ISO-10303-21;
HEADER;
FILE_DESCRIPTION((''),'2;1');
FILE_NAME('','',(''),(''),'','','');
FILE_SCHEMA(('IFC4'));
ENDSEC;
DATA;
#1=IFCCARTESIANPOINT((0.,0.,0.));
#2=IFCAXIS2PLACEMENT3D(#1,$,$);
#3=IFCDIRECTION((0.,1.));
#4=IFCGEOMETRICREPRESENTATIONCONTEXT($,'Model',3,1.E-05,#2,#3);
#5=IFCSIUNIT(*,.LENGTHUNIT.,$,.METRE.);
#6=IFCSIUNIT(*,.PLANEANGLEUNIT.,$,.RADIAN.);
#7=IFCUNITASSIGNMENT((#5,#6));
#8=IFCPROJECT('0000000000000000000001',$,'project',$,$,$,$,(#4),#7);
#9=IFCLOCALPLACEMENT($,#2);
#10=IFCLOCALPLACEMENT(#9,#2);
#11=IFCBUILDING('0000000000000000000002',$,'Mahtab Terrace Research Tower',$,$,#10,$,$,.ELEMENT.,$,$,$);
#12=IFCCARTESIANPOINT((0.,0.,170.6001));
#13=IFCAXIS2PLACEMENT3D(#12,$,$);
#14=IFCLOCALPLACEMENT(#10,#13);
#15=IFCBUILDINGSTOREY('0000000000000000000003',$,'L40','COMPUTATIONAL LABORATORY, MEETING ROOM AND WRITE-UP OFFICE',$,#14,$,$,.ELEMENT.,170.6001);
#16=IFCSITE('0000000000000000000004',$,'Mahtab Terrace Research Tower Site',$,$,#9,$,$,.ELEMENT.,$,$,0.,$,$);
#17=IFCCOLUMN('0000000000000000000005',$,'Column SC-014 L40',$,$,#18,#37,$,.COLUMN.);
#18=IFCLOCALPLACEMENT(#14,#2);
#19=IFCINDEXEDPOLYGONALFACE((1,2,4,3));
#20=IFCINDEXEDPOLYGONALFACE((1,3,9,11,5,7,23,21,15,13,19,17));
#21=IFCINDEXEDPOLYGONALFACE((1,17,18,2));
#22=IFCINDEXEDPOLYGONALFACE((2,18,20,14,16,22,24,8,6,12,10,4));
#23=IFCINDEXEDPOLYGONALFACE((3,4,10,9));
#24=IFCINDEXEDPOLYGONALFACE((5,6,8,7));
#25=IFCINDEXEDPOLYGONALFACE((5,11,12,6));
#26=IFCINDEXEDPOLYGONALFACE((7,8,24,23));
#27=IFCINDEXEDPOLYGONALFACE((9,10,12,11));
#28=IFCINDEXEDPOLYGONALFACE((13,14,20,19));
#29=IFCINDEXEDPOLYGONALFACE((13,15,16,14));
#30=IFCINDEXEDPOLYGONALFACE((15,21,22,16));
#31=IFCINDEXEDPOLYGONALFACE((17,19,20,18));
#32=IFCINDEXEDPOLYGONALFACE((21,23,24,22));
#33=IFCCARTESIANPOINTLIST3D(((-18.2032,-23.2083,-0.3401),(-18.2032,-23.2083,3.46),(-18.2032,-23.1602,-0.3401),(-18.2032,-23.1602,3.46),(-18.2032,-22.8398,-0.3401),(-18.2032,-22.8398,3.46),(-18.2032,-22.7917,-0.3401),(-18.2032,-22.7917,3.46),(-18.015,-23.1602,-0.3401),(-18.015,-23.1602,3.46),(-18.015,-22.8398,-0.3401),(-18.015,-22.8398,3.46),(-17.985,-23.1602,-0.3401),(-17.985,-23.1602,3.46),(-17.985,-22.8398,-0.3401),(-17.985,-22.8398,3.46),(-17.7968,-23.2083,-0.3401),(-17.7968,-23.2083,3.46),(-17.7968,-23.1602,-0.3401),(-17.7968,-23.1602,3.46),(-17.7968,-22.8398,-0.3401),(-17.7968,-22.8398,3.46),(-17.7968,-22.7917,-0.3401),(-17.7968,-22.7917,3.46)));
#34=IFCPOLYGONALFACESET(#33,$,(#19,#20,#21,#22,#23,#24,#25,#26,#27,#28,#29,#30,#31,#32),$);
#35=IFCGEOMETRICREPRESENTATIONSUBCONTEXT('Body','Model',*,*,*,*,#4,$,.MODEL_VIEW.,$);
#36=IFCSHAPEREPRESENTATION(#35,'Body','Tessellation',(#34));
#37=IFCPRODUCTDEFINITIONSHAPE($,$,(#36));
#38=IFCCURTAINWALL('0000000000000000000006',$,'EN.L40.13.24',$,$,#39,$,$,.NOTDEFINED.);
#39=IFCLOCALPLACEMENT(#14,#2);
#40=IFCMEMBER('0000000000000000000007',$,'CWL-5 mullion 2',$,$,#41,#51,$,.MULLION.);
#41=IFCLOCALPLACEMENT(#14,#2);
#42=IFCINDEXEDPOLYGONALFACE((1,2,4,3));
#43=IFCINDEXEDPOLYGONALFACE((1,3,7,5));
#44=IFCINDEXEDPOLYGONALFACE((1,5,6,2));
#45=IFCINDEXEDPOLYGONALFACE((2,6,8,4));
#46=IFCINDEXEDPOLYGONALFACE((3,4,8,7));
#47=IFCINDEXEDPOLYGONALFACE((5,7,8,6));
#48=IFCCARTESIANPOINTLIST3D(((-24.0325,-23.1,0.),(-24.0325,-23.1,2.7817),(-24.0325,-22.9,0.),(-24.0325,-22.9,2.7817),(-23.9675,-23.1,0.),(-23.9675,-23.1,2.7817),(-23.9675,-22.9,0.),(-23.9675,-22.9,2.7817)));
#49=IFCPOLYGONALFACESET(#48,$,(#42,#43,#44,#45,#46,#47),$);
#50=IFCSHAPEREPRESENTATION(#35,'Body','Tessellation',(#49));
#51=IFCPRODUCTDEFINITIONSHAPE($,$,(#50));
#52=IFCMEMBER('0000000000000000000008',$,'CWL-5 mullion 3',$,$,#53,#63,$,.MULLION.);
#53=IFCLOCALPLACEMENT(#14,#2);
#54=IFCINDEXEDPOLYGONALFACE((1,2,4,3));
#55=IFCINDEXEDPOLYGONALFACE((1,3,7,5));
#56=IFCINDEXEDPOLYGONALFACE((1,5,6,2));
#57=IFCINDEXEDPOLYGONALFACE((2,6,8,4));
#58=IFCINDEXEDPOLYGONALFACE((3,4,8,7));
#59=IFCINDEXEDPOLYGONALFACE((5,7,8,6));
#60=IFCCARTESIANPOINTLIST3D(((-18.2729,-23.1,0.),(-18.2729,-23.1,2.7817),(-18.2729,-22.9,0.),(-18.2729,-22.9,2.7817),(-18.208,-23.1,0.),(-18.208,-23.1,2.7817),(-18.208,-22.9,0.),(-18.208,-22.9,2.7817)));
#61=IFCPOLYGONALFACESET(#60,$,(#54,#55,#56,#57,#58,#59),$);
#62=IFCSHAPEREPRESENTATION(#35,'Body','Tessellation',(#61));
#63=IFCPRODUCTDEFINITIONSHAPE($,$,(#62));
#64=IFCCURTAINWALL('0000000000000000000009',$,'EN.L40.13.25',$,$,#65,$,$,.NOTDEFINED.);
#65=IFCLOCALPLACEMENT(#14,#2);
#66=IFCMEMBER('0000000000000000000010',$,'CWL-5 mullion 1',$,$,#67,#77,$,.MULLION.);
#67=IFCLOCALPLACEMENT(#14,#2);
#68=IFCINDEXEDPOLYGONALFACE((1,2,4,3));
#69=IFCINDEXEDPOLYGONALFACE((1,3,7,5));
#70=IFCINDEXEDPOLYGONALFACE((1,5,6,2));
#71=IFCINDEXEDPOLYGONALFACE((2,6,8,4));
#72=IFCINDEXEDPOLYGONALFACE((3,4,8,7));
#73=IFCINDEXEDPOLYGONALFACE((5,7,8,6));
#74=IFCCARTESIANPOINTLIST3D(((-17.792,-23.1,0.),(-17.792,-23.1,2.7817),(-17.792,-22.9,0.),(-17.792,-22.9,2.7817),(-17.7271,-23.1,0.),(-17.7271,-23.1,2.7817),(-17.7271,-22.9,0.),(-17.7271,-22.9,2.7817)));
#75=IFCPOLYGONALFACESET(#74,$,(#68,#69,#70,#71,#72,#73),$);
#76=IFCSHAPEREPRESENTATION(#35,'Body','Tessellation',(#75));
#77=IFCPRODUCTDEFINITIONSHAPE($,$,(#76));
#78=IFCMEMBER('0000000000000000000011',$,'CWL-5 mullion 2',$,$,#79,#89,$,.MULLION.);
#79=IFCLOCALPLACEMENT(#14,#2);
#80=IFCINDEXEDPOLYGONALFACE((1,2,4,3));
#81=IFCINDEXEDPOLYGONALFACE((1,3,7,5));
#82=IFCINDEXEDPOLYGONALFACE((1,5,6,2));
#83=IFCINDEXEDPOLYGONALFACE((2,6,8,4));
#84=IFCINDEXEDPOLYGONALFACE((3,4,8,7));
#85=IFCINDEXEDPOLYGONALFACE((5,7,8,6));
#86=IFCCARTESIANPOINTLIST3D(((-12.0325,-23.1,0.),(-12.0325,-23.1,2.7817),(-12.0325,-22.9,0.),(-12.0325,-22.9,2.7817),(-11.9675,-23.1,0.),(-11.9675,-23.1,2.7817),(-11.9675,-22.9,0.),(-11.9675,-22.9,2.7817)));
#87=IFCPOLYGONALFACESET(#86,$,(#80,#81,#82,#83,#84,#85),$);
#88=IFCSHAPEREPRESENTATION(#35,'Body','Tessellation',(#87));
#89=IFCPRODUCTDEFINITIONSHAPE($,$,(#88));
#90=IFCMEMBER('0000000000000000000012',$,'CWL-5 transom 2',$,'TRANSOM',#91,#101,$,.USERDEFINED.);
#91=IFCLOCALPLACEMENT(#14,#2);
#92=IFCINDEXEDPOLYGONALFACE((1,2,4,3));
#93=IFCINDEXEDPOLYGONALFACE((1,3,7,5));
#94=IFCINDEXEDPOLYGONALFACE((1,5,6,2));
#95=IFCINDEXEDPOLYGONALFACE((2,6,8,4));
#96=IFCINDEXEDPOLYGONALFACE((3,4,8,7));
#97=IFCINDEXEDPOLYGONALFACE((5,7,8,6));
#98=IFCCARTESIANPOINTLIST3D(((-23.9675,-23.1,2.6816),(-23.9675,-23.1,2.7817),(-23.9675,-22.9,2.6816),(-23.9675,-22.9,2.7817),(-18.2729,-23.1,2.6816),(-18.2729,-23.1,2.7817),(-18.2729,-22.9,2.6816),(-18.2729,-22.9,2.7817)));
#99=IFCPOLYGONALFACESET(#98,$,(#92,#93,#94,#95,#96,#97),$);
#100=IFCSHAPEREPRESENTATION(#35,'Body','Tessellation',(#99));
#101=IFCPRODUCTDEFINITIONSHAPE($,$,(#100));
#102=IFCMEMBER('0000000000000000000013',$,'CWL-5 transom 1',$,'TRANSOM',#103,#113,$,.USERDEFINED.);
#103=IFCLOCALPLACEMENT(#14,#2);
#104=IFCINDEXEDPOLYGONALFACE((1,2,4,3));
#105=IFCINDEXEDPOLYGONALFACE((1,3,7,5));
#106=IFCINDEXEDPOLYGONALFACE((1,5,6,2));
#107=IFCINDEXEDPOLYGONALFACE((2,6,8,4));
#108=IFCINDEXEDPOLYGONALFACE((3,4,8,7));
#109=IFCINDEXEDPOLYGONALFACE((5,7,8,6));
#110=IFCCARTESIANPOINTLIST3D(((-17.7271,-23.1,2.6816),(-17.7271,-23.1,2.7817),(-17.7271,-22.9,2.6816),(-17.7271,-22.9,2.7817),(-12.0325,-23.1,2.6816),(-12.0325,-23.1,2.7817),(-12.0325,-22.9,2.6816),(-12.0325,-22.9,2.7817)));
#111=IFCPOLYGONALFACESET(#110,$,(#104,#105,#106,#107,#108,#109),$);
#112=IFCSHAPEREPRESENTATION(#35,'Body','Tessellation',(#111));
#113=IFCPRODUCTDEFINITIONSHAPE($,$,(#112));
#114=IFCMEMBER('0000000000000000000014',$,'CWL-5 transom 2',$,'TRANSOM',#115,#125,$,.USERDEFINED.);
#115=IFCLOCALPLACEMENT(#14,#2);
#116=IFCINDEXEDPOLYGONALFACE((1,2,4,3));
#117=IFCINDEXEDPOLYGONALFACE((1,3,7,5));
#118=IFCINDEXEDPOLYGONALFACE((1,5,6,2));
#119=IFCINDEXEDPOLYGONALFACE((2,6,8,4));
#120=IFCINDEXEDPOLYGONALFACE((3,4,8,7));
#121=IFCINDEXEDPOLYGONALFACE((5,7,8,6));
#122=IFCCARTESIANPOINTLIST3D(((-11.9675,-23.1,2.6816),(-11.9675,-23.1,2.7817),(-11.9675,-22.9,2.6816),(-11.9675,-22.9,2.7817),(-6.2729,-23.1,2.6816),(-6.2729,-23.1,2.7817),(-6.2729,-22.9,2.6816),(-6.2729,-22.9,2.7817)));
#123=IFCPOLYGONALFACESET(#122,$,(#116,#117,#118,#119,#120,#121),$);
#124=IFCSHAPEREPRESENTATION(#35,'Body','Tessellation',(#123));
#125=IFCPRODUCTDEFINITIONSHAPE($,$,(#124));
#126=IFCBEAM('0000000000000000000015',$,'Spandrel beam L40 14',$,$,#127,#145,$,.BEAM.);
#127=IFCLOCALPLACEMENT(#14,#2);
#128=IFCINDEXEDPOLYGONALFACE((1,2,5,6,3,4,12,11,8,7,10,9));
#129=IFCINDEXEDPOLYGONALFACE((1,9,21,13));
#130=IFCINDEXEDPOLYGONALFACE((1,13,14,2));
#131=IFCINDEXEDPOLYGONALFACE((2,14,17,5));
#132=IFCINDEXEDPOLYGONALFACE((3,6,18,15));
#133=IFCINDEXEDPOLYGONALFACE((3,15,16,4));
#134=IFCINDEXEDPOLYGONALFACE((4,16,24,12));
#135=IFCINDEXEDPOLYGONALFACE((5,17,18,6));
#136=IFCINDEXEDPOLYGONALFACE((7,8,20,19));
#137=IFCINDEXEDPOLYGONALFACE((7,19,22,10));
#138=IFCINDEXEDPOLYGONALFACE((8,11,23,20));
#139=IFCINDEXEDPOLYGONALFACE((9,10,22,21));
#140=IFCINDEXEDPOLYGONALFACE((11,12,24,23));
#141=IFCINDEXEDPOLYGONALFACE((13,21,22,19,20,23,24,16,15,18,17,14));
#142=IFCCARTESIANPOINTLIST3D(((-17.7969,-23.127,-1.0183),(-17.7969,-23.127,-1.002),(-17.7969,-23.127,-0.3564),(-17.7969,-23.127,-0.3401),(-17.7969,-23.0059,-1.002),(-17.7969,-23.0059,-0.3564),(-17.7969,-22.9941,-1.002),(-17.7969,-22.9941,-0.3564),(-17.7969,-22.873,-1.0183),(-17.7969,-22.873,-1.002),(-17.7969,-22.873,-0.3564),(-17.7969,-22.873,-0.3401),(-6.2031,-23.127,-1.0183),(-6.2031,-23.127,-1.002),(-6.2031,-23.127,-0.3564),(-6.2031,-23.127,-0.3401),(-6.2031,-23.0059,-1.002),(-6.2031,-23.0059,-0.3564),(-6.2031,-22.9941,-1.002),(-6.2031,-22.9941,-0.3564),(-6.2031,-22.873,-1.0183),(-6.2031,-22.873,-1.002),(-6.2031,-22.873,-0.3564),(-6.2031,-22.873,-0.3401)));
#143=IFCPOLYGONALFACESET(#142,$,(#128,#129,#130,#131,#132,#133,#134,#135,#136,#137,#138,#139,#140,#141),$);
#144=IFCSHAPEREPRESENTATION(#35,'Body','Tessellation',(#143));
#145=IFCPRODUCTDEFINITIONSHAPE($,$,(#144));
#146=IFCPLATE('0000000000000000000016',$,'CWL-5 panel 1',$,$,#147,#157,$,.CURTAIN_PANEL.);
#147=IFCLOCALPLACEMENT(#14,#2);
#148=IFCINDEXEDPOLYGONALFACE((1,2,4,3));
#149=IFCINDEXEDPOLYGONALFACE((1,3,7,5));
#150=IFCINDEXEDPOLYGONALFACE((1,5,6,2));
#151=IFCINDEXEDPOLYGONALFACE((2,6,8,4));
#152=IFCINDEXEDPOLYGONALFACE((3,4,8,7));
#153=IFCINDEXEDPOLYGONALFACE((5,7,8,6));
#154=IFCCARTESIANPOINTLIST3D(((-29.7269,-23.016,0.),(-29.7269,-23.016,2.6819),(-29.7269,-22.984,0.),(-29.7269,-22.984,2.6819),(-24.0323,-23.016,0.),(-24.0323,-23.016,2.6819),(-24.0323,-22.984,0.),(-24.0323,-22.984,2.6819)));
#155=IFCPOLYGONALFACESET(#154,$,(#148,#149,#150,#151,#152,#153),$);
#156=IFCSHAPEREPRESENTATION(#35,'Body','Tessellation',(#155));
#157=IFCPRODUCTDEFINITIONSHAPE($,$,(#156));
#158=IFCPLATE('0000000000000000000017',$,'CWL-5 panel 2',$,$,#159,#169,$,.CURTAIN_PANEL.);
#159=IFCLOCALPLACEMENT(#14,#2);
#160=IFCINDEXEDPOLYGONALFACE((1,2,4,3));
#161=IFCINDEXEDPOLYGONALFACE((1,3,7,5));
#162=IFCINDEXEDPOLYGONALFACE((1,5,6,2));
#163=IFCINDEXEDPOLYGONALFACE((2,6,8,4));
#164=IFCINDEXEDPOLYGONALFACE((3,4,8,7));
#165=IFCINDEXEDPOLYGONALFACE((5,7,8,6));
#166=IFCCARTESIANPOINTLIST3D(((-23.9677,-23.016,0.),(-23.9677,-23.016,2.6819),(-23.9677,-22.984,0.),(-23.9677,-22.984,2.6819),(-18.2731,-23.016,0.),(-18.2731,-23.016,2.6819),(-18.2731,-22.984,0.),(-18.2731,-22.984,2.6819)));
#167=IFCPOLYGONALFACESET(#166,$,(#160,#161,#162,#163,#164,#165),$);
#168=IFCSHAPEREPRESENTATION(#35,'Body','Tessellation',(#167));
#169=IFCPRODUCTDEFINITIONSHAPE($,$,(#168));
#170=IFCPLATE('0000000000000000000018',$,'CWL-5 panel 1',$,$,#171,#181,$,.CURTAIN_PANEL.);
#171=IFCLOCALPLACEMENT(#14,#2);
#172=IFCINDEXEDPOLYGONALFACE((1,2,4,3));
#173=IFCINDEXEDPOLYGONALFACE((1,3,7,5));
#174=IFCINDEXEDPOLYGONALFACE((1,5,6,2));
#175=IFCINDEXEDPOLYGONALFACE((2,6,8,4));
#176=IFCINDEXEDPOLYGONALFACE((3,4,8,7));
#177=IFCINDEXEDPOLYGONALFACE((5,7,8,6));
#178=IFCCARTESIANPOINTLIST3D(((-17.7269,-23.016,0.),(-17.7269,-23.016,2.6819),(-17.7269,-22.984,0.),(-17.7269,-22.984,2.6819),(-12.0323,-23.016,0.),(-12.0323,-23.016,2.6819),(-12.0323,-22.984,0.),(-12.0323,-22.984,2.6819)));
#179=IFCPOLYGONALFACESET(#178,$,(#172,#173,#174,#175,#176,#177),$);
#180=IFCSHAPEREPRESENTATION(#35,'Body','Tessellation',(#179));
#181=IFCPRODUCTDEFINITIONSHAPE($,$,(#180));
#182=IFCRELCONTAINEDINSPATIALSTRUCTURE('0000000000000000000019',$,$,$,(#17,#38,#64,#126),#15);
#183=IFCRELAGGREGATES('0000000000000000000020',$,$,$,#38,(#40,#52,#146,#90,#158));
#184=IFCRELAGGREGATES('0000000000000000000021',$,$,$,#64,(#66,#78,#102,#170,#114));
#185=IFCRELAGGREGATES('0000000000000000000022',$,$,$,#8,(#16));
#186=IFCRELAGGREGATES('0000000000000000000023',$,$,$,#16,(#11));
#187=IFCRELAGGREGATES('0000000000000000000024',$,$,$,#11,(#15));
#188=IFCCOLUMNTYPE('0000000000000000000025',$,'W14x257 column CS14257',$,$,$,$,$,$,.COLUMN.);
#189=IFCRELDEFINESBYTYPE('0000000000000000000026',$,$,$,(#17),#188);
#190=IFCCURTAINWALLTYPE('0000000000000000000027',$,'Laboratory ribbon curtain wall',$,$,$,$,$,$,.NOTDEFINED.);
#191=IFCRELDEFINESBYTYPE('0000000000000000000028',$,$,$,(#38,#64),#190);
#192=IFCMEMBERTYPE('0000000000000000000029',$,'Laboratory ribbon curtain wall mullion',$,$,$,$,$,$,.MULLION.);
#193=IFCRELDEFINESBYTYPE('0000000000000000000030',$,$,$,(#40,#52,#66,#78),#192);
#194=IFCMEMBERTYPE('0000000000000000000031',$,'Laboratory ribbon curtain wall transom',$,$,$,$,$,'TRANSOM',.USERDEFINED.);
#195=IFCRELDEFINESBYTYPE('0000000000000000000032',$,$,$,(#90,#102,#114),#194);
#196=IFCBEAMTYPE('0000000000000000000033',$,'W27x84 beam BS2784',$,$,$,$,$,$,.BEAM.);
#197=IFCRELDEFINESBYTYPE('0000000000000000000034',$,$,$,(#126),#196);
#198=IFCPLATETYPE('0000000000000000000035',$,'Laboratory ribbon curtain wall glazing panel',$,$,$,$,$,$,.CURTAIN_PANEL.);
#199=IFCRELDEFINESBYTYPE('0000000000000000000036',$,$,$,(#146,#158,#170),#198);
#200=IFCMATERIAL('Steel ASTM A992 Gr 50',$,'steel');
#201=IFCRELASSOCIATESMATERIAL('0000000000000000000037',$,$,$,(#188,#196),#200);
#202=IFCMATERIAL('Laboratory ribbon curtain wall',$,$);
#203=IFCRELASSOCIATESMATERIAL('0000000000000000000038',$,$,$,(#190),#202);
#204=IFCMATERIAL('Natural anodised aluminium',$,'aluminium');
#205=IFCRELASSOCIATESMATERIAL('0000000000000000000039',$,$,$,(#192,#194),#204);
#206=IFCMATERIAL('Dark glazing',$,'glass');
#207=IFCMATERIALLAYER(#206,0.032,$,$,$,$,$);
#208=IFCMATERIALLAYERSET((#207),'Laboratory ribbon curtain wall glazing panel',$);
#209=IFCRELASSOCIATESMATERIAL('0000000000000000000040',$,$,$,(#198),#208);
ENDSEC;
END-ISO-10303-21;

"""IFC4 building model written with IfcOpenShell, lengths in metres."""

from ifc_helpers import new_model, si_unit, direction, frame, origin, origin_2d, place, context, subcontext, project, spatial, rectangle, i_section, extrude, material, layer, layer_set, material_profile, profile_set, type_object, element, aggregate, save


model = new_model("IFC4")

# Units and contexts
model_context = context("Model", 3, precision=1e-05, world=origin(), true_north=direction((0.0, 1.0)))
body_context = subcontext(model_context, "Body", "Model", "MODEL_VIEW")
ifc_project = project(units=[si_unit("LENGTHUNIT", "METRE"), si_unit("PLANEANGLEUNIT", "RADIAN")], contexts=[model_context])

# Site, building, storey
site_placement = place(None, origin())
site = spatial("IfcSite", under=ifc_project, at=site_placement, Name="Mahtab Terrace Research Tower Site", CompositionType="ELEMENT", RefElevation=0.0)
building_placement = place(site_placement, origin())
building = spatial("IfcBuilding", under=site, at=building_placement, Name="Mahtab Terrace Research Tower", CompositionType="ELEMENT")
storey_placement = place(building_placement, frame((0.0, 0.0, 170.6001)))
storey = spatial("IfcBuildingStorey", under=building, at=storey_placement, Name="L40", Description="COMPUTATIONAL LABORATORY, MEETING ROOM AND WRITE-UP OFFICE", CompositionType="ELEMENT", Elevation=170.6001)

# Column
ifc_material_1 = material(Name="Steel ASTM A992 Gr 50", Category="steel")
ifc_material_profile_1 = material_profile(ifc_material_1, i_section(OverallWidth=0.4065, OverallDepth=0.4165, WebThickness=0.03, FlangeThickness=0.0481, at=origin_2d()), Name="W14X257")
ifc_profile_set_1 = profile_set([ifc_material_profile_1], Name="Steel ASTM A992 Gr 50")
column_type = type_object("IfcColumnType", Name="W14x257 column CS14257", PredefinedType="COLUMN", material=ifc_profile_set_1)
column_placement = place(storey_placement, frame((-18.0, -23.0, -0.3401), z_axis=(0.0, 0.0, 1.0), x_axis=(1.0, 0.0, 0.0)))
element("IfcColumn", 1, at=column_placement, inside=storey, type_object=column_type, Name="Column SC-014 L40", PredefinedType="COLUMN", context=body_context, shape_type="SweptSolid", body=[
    extrude(i_section(OverallWidth=0.4065, OverallDepth=0.4165, WebThickness=0.03, FlangeThickness=0.0481, at=origin_2d()), origin(), (0.0, 0.0, 1.0), 3.8),
])

# Curtain walls, members
ifc_material_2 = material(Name="Laboratory ribbon curtain wall")
curtain_wall_type = type_object("IfcCurtainWallType", Name="Laboratory ribbon curtain wall", PredefinedType="NOTDEFINED", material=ifc_material_2)
curtain_wall_1_placement = place(storey_placement, origin())
curtain_wall_1 = element("IfcCurtainWall", 2, at=curtain_wall_1_placement, inside=storey, type_object=curtain_wall_type, Name="EN.L40.13.24", PredefinedType="NOTDEFINED")
ifc_material_3 = material(Name="Natural anodised aluminium", Category="aluminium")
ifc_material_profile_2 = material_profile(ifc_material_3, rectangle(XDim=0.2, YDim=0.0649, at=origin_2d()), Name="MULLION 65x200")
ifc_profile_set_2 = profile_set([ifc_material_profile_2], Name="Natural anodised aluminium")
member_type_1 = type_object("IfcMemberType", Name="Laboratory ribbon curtain wall mullion", PredefinedType="MULLION", material=ifc_profile_set_2)
member_1_placement = place(storey_placement, frame((-24.0, -23.0, 0.0), z_axis=(0.0, 0.0, 1.0), x_axis=(0.0, 1.0, 0.0)))
member_1 = element("IfcMember", 3, at=member_1_placement, type_object=member_type_1, Name="CWL-5 mullion 2", PredefinedType="MULLION", context=body_context, shape_type="SweptSolid", body=[
    extrude(rectangle(XDim=0.2, YDim=0.0649, at=origin_2d()), origin(), (0.0, 0.0, 1.0), 2.7817),
])
member_2_placement = place(storey_placement, frame((-18.2405, -23.0, 0.0), z_axis=(0.0, 0.0, 1.0), x_axis=(0.0, 1.0, 0.0)))
member_2 = element("IfcMember", 4, at=member_2_placement, type_object=member_type_1, Name="CWL-5 mullion 3", PredefinedType="MULLION", context=body_context, shape_type="SweptSolid", body=[
    extrude(rectangle(XDim=0.2, YDim=0.0649, at=origin_2d()), origin(), (0.0, 0.0, 1.0), 2.7817),
])
curtain_wall_2_placement = place(storey_placement, origin())
curtain_wall_2 = element("IfcCurtainWall", 5, at=curtain_wall_2_placement, inside=storey, type_object=curtain_wall_type, Name="EN.L40.13.25", PredefinedType="NOTDEFINED")
member_3_placement = place(storey_placement, frame((-17.7595, -23.0, 0.0), z_axis=(0.0, 0.0, 1.0), x_axis=(0.0, 1.0, 0.0)))
member_3 = element("IfcMember", 6, at=member_3_placement, type_object=member_type_1, Name="CWL-5 mullion 1", PredefinedType="MULLION", context=body_context, shape_type="SweptSolid", body=[
    extrude(rectangle(XDim=0.2, YDim=0.0649, at=origin_2d()), origin(), (0.0, 0.0, 1.0), 2.7817),
])
member_4_placement = place(storey_placement, frame((-12.0, -23.0, 0.0), z_axis=(0.0, 0.0, 1.0), x_axis=(0.0, 1.0, 0.0)))
member_4 = element("IfcMember", 7, at=member_4_placement, type_object=member_type_1, Name="CWL-5 mullion 2", PredefinedType="MULLION", context=body_context, shape_type="SweptSolid", body=[
    extrude(rectangle(XDim=0.2, YDim=0.0649, at=origin_2d()), origin(), (0.0, 0.0, 1.0), 2.7817),
])

# Members
ifc_material_profile_3 = material_profile(ifc_material_3, rectangle(XDim=0.2, YDim=0.1001, at=origin_2d()), Name="TRANSOM 100x200")
ifc_profile_set_3 = profile_set([ifc_material_profile_3], Name="Natural anodised aluminium")
member_type_2 = type_object("IfcMemberType", Name="Laboratory ribbon curtain wall transom", ElementType="TRANSOM", PredefinedType="USERDEFINED", material=ifc_profile_set_3)
member_5_placement = place(storey_placement, frame((-23.9675, -23.0, 2.7317), z_axis=(1.0, 0.0, 0.0), x_axis=(0.0, 1.0, 0.0)))
member_5 = element("IfcMember", 8, at=member_5_placement, type_object=member_type_2, Name="CWL-5 transom 2", ObjectType="TRANSOM", PredefinedType="USERDEFINED", context=body_context, shape_type="SweptSolid", body=[
    extrude(rectangle(XDim=0.2, YDim=0.1001, at=origin_2d()), origin(), (0.0, 0.0, 1.0), 5.6946),
])
member_6_placement = place(storey_placement, frame((-17.7271, -23.0, 2.7317), z_axis=(1.0, 0.0, 0.0), x_axis=(0.0, 1.0, 0.0)))
member_6 = element("IfcMember", 9, at=member_6_placement, type_object=member_type_2, Name="CWL-5 transom 1", ObjectType="TRANSOM", PredefinedType="USERDEFINED", context=body_context, shape_type="SweptSolid", body=[
    extrude(rectangle(XDim=0.2, YDim=0.1001, at=origin_2d()), origin(), (0.0, 0.0, 1.0), 5.6946),
])
member_7_placement = place(storey_placement, frame((-11.9675, -23.0, 2.7317), z_axis=(1.0, 0.0, 0.0), x_axis=(0.0, 1.0, 0.0)))
member_7 = element("IfcMember", 10, at=member_7_placement, type_object=member_type_2, Name="CWL-5 transom 2", ObjectType="TRANSOM", PredefinedType="USERDEFINED", context=body_context, shape_type="SweptSolid", body=[
    extrude(rectangle(XDim=0.2, YDim=0.1001, at=origin_2d()), origin(), (0.0, 0.0, 1.0), 5.6946),
])

# Beam
ifc_material_profile_4 = material_profile(ifc_material_1, i_section(OverallWidth=0.2539, OverallDepth=0.6782, WebThickness=0.0117, FlangeThickness=0.0164, at=origin_2d()), Name="W27X84")
ifc_profile_set_4 = profile_set([ifc_material_profile_4], Name="Steel ASTM A992 Gr 50")
beam_type = type_object("IfcBeamType", Name="W27x84 beam BS2784", PredefinedType="BEAM", material=ifc_profile_set_4)
beam_placement = place(storey_placement, frame((-17.7969, -23.0, -0.6792), z_axis=(1.0, 0.0, 0.0), x_axis=(0.0, 1.0, 0.0)))
element("IfcBeam", 11, at=beam_placement, inside=storey, type_object=beam_type, Name="Spandrel beam L40 14", PredefinedType="BEAM", context=body_context, shape_type="SweptSolid", body=[
    extrude(i_section(OverallWidth=0.2539, OverallDepth=0.6782, WebThickness=0.0117, FlangeThickness=0.0164, at=origin_2d()), origin(), (0.0, 0.0, 1.0), 11.5938),
])

# Plates
ifc_material_4 = material(Name="Dark glazing", Category="glass")
ifc_layer = layer(ifc_material_4, 0.032)
ifc_layer_set = layer_set([ifc_layer], Name="Laboratory ribbon curtain wall glazing panel")
plate_type = type_object("IfcPlateType", Name="Laboratory ribbon curtain wall glazing panel", PredefinedType="CURTAIN_PANEL", material=ifc_layer_set)
plate_1_placement = place(storey_placement, frame((-26.8796, -23.0, 0.0), z_axis=(0.0, 0.0, 1.0), x_axis=(1.0, 0.0, 0.0)))
plate_1 = element("IfcPlate", 12, at=plate_1_placement, type_object=plate_type, Name="CWL-5 panel 1", PredefinedType="CURTAIN_PANEL", context=body_context, shape_type="SweptSolid", body=[
    extrude(rectangle(XDim=5.6946, YDim=0.032, at=origin_2d()), origin(), (0.0, 0.0, 1.0), 2.6819),
])
plate_2_placement = place(storey_placement, frame((-21.1204, -23.0, 0.0), z_axis=(0.0, 0.0, 1.0), x_axis=(1.0, 0.0, 0.0)))
plate_2 = element("IfcPlate", 13, at=plate_2_placement, type_object=plate_type, Name="CWL-5 panel 2", PredefinedType="CURTAIN_PANEL", context=body_context, shape_type="SweptSolid", body=[
    extrude(rectangle(XDim=5.6946, YDim=0.032, at=origin_2d()), origin(), (0.0, 0.0, 1.0), 2.6819),
])
aggregate(curtain_wall_1, [member_1, member_2, plate_1, member_5, plate_2])
plate_3_placement = place(storey_placement, frame((-14.8796, -23.0, 0.0), z_axis=(0.0, 0.0, 1.0), x_axis=(1.0, 0.0, 0.0)))
plate_3 = element("IfcPlate", 14, at=plate_3_placement, type_object=plate_type, Name="CWL-5 panel 1", PredefinedType="CURTAIN_PANEL", context=body_context, shape_type="SweptSolid", body=[
    extrude(rectangle(XDim=5.6946, YDim=0.032, at=origin_2d()), origin(), (0.0, 0.0, 1.0), 2.6819),
])
aggregate(curtain_wall_2, [member_3, member_4, member_6, plate_3, member_7])

save(model, "model.ifc")
